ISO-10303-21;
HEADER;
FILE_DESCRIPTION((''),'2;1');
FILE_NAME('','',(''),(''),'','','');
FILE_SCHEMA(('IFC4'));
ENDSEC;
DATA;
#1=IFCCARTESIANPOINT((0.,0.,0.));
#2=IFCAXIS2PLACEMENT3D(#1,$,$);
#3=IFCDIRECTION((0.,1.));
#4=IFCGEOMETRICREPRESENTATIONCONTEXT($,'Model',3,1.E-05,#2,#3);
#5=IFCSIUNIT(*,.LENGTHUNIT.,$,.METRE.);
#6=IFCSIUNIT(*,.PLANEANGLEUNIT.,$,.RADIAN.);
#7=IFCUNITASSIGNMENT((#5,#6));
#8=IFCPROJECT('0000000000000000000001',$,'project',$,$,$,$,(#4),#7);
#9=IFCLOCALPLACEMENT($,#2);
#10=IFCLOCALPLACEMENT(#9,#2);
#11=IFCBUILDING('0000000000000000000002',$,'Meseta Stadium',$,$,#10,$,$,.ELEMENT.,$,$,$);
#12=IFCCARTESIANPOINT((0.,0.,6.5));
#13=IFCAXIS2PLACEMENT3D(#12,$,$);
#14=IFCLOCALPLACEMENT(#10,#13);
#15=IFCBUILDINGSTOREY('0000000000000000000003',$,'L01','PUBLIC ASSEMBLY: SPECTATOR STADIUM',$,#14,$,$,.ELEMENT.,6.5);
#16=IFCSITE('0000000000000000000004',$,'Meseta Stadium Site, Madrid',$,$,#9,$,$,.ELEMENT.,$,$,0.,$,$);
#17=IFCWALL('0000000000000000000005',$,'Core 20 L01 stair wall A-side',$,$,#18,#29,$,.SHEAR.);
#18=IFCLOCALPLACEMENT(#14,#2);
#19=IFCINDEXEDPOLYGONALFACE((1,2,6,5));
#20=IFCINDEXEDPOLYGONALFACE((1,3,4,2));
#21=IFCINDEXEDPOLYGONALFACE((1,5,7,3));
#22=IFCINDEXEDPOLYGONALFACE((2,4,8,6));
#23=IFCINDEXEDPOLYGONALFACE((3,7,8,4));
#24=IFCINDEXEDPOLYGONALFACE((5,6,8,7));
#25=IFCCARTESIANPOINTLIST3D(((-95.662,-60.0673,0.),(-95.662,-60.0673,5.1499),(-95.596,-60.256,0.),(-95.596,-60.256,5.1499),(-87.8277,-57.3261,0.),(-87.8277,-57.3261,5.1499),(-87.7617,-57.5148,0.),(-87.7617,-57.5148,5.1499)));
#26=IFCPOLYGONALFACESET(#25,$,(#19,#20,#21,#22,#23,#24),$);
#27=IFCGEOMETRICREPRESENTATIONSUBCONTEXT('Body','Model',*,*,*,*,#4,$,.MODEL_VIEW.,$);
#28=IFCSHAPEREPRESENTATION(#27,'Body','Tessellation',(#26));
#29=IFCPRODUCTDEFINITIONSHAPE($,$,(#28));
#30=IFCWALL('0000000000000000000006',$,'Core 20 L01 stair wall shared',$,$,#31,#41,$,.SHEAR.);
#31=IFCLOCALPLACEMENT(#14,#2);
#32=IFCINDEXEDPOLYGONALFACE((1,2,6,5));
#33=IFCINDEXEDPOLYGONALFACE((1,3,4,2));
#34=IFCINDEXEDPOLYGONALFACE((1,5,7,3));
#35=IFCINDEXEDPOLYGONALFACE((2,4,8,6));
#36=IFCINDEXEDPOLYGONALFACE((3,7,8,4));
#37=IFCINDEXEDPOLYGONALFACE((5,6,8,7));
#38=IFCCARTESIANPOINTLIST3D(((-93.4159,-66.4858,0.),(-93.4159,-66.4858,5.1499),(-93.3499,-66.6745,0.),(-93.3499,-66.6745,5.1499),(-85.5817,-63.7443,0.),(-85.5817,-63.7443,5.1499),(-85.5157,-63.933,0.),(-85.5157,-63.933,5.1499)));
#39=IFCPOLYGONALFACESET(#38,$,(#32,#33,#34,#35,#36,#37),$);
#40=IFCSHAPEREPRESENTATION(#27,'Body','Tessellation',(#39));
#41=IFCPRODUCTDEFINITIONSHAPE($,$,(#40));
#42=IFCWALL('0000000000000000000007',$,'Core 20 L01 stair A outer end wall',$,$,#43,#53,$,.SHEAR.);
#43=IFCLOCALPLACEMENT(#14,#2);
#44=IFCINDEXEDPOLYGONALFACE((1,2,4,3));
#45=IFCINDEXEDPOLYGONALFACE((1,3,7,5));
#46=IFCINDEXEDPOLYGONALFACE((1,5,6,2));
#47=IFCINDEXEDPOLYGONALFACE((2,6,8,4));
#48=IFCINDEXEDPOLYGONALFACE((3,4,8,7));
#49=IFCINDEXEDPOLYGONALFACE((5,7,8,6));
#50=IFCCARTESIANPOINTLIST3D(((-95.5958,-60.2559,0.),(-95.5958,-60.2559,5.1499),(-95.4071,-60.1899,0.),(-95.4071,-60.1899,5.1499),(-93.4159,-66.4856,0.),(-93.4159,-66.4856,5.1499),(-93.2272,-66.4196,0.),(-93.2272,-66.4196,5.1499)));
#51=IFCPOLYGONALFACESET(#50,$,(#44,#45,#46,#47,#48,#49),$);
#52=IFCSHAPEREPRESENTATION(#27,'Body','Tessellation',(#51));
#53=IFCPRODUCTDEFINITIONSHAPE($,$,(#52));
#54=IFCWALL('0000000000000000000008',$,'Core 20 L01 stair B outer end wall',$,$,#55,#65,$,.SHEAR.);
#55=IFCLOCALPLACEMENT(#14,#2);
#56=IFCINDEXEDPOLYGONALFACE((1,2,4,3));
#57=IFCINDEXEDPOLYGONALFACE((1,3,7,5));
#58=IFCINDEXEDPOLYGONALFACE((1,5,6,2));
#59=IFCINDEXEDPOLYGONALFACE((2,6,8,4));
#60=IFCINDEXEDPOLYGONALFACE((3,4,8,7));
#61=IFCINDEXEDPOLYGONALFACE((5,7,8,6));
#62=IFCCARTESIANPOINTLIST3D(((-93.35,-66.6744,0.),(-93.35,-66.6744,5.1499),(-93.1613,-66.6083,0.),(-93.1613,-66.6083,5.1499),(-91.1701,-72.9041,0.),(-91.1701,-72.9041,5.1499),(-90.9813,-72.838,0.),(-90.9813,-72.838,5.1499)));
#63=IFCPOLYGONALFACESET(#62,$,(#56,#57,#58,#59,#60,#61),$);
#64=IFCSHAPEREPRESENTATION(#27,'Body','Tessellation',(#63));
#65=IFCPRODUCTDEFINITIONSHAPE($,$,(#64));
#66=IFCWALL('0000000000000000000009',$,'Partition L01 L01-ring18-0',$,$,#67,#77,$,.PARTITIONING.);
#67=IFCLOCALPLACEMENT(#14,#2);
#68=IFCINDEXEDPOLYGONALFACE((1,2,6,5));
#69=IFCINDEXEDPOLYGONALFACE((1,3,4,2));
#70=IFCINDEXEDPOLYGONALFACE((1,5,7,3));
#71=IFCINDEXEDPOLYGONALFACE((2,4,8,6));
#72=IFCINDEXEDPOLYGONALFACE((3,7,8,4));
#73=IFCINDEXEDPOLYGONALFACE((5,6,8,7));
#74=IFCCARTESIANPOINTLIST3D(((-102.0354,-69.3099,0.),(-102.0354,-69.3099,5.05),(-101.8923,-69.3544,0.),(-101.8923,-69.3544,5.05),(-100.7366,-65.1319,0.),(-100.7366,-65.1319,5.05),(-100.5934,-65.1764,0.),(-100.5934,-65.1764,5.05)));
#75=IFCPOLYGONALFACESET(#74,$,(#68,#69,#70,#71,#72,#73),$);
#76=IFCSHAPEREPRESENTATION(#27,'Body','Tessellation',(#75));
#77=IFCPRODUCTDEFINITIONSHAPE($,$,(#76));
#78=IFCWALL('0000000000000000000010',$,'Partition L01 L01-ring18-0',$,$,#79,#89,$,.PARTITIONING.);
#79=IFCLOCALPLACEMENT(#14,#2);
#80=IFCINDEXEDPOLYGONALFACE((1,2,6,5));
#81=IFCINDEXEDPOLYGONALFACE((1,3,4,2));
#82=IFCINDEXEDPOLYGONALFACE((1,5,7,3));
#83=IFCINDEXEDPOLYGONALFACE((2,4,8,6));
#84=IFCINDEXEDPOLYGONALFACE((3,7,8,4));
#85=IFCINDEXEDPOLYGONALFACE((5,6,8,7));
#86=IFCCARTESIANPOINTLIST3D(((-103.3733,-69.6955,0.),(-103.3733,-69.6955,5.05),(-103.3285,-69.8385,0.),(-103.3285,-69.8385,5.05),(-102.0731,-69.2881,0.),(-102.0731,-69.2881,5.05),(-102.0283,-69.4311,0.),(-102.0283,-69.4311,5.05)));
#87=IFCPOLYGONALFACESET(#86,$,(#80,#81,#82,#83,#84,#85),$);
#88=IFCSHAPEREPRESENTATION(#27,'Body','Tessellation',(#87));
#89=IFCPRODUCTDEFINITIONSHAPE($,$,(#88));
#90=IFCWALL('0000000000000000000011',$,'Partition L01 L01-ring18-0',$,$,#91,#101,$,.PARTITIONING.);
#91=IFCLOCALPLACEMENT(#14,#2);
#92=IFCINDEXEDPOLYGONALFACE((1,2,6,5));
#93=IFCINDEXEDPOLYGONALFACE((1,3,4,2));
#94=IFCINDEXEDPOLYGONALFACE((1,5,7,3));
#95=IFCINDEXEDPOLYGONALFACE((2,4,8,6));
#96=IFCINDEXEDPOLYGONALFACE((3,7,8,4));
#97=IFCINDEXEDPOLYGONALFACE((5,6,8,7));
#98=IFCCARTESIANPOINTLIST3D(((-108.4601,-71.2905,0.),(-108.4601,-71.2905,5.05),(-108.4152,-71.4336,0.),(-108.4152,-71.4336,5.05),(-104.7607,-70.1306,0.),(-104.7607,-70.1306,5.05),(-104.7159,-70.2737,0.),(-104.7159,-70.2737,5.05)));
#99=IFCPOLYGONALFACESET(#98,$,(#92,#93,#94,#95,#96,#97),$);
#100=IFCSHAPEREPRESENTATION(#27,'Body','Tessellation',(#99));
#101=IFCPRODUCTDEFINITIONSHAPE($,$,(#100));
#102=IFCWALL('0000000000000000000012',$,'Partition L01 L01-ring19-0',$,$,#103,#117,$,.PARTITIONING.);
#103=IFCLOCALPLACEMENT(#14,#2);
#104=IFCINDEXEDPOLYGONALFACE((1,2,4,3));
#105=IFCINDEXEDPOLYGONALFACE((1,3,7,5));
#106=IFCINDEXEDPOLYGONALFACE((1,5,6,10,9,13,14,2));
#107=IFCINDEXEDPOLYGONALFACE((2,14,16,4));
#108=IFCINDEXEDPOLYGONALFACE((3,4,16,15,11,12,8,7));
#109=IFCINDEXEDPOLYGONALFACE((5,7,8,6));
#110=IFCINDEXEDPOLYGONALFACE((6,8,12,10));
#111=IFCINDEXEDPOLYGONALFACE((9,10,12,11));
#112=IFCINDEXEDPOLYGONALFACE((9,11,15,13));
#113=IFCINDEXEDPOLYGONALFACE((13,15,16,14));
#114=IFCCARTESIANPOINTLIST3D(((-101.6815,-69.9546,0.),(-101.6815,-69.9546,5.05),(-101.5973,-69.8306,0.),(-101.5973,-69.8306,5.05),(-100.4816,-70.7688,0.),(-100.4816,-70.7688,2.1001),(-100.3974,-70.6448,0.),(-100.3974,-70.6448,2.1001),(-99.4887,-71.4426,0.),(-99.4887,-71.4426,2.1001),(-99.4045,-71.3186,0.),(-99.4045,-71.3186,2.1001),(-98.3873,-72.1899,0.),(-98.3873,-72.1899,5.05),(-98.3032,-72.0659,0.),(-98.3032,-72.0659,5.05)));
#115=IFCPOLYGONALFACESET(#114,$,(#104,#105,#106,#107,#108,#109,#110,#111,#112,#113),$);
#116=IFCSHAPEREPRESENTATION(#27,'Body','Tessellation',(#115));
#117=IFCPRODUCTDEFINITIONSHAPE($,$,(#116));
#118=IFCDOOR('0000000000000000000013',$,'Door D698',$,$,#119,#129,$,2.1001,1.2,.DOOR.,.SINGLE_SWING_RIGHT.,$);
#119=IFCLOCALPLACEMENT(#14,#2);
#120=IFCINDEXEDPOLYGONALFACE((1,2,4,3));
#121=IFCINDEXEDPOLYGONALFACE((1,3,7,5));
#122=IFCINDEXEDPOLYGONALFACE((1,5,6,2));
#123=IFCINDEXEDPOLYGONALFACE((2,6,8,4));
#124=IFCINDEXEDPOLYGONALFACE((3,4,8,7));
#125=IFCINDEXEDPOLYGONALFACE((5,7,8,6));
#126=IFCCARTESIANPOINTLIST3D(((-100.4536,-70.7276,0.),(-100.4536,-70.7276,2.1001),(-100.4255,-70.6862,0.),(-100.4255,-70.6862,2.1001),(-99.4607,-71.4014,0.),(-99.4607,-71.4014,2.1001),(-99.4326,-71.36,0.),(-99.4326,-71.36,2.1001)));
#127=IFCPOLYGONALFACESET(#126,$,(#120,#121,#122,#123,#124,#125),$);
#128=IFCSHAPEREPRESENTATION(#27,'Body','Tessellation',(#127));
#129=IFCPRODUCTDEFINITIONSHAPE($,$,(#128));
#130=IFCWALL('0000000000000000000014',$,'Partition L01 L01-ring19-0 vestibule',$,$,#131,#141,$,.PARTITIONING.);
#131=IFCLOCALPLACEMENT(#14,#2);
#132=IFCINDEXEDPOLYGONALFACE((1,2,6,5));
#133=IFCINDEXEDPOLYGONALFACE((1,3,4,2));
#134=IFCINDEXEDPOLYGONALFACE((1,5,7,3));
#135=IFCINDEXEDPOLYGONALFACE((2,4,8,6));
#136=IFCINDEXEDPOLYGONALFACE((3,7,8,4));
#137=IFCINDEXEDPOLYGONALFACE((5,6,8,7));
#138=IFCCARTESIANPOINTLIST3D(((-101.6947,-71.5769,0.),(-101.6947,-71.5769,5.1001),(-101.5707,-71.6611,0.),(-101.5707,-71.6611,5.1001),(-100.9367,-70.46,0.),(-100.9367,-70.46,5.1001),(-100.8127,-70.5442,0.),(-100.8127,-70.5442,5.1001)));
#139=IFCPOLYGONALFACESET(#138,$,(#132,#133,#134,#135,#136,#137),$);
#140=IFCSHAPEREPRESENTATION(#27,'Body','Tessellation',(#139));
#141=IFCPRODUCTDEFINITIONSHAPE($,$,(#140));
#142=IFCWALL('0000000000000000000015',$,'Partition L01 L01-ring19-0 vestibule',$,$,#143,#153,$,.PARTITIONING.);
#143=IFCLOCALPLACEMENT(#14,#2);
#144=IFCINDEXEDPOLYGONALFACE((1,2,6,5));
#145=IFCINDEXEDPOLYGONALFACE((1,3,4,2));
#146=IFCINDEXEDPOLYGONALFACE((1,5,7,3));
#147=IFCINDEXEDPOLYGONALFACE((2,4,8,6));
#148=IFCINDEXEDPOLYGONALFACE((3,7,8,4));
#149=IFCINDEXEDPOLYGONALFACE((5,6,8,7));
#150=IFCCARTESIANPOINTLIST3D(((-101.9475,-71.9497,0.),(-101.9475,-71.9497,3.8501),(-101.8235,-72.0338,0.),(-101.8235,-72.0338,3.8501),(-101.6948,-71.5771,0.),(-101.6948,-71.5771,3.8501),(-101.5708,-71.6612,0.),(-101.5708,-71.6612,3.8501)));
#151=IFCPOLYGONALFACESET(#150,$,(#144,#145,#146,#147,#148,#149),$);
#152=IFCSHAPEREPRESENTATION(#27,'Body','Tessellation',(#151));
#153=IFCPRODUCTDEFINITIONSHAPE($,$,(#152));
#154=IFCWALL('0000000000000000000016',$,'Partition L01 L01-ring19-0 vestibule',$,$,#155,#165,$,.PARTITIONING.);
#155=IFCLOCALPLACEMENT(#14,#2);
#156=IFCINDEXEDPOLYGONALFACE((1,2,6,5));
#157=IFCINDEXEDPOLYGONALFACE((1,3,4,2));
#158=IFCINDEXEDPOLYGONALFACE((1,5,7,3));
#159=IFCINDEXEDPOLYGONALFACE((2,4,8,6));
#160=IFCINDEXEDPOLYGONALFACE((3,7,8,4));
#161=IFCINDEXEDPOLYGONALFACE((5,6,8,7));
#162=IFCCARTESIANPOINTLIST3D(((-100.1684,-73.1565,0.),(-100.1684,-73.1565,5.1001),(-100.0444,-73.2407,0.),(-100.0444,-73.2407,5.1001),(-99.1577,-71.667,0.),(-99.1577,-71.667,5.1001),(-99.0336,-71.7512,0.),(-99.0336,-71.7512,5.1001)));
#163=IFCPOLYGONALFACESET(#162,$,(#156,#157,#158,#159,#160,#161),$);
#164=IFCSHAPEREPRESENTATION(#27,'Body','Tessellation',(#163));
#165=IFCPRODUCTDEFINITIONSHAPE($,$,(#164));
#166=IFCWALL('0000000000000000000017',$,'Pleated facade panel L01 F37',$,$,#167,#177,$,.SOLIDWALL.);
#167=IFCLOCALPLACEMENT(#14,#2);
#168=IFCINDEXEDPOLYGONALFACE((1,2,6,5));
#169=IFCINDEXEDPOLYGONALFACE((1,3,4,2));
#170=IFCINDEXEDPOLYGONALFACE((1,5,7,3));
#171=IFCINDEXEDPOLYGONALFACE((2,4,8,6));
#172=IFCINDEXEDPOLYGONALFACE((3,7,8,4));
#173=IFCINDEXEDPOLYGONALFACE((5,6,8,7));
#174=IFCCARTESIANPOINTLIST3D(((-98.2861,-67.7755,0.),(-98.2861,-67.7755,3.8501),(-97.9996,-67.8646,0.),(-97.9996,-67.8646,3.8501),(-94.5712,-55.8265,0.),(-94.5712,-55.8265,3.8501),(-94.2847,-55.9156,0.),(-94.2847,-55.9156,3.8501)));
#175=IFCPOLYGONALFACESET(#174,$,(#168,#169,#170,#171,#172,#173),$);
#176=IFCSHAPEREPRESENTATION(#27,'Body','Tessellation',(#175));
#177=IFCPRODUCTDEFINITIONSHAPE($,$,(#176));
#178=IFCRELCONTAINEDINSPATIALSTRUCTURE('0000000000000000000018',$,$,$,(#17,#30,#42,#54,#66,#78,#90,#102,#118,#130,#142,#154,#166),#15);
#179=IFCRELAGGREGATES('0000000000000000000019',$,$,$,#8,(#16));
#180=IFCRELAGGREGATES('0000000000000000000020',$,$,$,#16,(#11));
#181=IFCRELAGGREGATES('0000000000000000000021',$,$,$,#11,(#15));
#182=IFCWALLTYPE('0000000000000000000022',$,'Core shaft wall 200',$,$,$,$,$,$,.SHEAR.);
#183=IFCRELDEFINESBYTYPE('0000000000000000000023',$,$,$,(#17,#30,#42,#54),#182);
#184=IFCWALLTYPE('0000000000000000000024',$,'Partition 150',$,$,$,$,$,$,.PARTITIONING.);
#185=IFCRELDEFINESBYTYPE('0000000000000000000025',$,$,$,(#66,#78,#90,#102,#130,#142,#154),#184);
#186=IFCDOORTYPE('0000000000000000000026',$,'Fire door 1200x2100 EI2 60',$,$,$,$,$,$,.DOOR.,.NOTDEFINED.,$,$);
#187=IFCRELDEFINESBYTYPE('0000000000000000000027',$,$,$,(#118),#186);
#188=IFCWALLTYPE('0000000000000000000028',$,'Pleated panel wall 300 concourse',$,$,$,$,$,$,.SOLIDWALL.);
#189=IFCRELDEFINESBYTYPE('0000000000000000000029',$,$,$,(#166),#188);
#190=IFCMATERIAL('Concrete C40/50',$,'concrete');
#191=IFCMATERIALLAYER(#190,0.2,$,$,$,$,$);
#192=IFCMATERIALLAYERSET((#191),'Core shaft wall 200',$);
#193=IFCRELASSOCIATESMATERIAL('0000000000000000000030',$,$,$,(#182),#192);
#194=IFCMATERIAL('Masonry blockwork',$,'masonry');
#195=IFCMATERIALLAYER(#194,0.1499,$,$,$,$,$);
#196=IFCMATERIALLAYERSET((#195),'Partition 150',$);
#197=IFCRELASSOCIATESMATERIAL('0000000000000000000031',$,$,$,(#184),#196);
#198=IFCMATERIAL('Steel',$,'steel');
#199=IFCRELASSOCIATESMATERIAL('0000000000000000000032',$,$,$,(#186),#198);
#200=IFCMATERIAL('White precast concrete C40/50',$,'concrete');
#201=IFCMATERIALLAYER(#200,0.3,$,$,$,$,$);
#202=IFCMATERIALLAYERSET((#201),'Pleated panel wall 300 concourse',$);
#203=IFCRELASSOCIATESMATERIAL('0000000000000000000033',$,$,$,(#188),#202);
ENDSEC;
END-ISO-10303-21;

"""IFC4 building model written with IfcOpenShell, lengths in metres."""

from ifc_helpers import new_model, si_unit, direction, frame, frame_2d, origin, place, context, subcontext, project, spatial, rectangle, extrude, material, layer, layer_set, type_object, element, fill, save


model = new_model("IFC4")

# Units and contexts
model_context = context("Model", 3, precision=1e-05, world=origin(), true_north=direction((0.0, 1.0)))
body_context = subcontext(model_context, "Body", "Model", "MODEL_VIEW")
ifc_project = project(units=[si_unit("LENGTHUNIT", "METRE"), si_unit("PLANEANGLEUNIT", "RADIAN")], contexts=[model_context])

# Site, building, storey
site_placement = place(None, origin())
site = spatial("IfcSite", under=ifc_project, at=site_placement, Name="Meseta Stadium Site, Madrid", CompositionType="ELEMENT", RefElevation=0.0)
building_placement = place(site_placement, origin())
building = spatial("IfcBuilding", under=site, at=building_placement, Name="Meseta Stadium", CompositionType="ELEMENT")
storey_placement = place(building_placement, frame((0.0, 0.0, 6.5)))
storey = spatial("IfcBuildingStorey", under=building, at=storey_placement, Name="L01", Description="PUBLIC ASSEMBLY: SPECTATOR STADIUM", CompositionType="ELEMENT", Elevation=6.5)

# Walls
ifc_material_1 = material(Name="Concrete C40/50", Category="concrete")
ifc_layer_1 = layer(ifc_material_1, 0.2)
ifc_layer_set_1 = layer_set([ifc_layer_1], Name="Core shaft wall 200")
wall_type_1 = type_object("IfcWallType", Name="Core shaft wall 200", PredefinedType="SHEAR", material=ifc_layer_set_1)
for number, where, z_axis, x_axis, name in (
    (1, (-95.6289, -60.1616, 0.0), (0.0, 0.0, 1.0), (0.943887, 0.330268, 0.0), "Core 20 L01 stair wall A-side"),
    (2, (-93.3828, -66.5801, 0.0), (0.0, 0.0, 1.0), (0.943878, 0.330294, 0.0), "Core 20 L01 stair wall shared"),
):
    element("IfcWall", number, at=place(storey_placement, frame(where, z_axis=z_axis, x_axis=x_axis)), inside=storey, type_object=wall_type_1, Name=name, PredefinedType="SHEAR", context=body_context, shape_type="SweptSolid", body=[
        extrude(rectangle(XDim=8.3, YDim=0.2, at=frame_2d((4.1499, 0.0))), origin(), (0.0, 0.0, 1.0), 5.1499),
    ])
for number, where, z_axis, x_axis, name in (
    (3, (-95.5015, -60.2229, 0.0), (0.0, 0.0, 1.0), (0.330286, -0.943881, 0.0), "Core 20 L01 stair A outer end wall"),
    (4, (-93.2556, -66.6414, 0.0), (0.0, 0.0, 1.0), (0.330286, -0.943881, 0.0), "Core 20 L01 stair B outer end wall"),
):
    element("IfcWall", number, at=place(storey_placement, frame(where, z_axis=z_axis, x_axis=x_axis)), inside=storey, type_object=wall_type_1, Name=name, PredefinedType="SHEAR", context=body_context, shape_type="SweptSolid", body=[
        extrude(rectangle(XDim=6.6001, YDim=0.2, at=frame_2d((3.3, 0.0))), origin(), (0.0, 0.0, 1.0), 5.1499),
    ])
ifc_material_2 = material(Name="Masonry blockwork", Category="masonry")
ifc_layer_2 = layer(ifc_material_2, 0.1499)
ifc_layer_set_2 = layer_set([ifc_layer_2], Name="Partition 150")
wall_type_2 = type_object("IfcWallType", Name="Partition 150", PredefinedType="PARTITIONING", material=ifc_layer_set_2)
wall_1_placement = place(storey_placement, frame((-100.665, -65.1543, 0.0), z_axis=(0.0, 0.0, 1.0), x_axis=(-0.296861, -0.954921, 0.0)))
element("IfcWall", 5, at=wall_1_placement, inside=storey, type_object=wall_type_2, Name="Partition L01 L01-ring18-0", PredefinedType="PARTITIONING", context=body_context, shape_type="SweptSolid", body=[
    extrude(rectangle(XDim=4.3752, YDim=0.1499, at=frame_2d((2.1875, 0.0))), origin(), (0.0, 0.0, 1.0), 5.05),
])
wall_2_placement = place(storey_placement, frame((-102.0508, -69.3596, 0.0), z_axis=(0.0, 0.0, 1.0), x_axis=(-0.954244, -0.29903, 0.0)))
element("IfcWall", 6, at=wall_2_placement, inside=storey, type_object=wall_type_2, Name="Partition L01 L01-ring18-0", PredefinedType="PARTITIONING", context=body_context, shape_type="SweptSolid", body=[
    extrude(rectangle(XDim=1.3625, YDim=0.1499, at=frame_2d((0.6812, 0.0))), origin(), (0.0, 0.0, 1.0), 5.05),
])
wall_3_placement = place(storey_placement, frame((-104.7383, -70.2021, 0.0), z_axis=(0.0, 0.0, 1.0), x_axis=(-0.954198, -0.299175, 0.0)))
element("IfcWall", 7, at=wall_3_placement, inside=storey, type_object=wall_type_2, Name="Partition L01 L01-ring18-0", PredefinedType="PARTITIONING", context=body_context, shape_type="SweptSolid", body=[
    extrude(rectangle(XDim=3.877, YDim=0.1499, at=frame_2d((1.9385, 0.0))), origin(), (0.0, 0.0, 1.0), 5.05),
])

# Wall, opening, door
wall_4_placement = place(storey_placement, frame((-101.6394, -69.8926, 0.0), z_axis=(0.0, 0.0, 1.0), x_axis=(0.827475, -0.561503, 0.0)))
wall_4 = element("IfcWall", 8, at=wall_4_placement, inside=storey, type_object=wall_type_2, Name="Partition L01 L01-ring19-0", PredefinedType="PARTITIONING", context=body_context, shape_type="SweptSolid", body=[
    extrude(rectangle(XDim=3.981, YDim=0.1499, at=frame_2d((1.9905, 0.0))), origin(), (0.0, 0.0, 1.0), 5.05),
])
opening_placement = place(wall_4_placement, frame((1.45, 0.0, 0.0)))
opening = element("IfcOpeningElement", 9, at=opening_placement, cuts=wall_4, PredefinedType="OPENING", context=body_context, shape_type="SweptSolid", body=[
    extrude(rectangle(XDim=1.2, YDim=2.1001, at=frame_2d((0.6001, 1.05))), frame((0.0, 0.085, 0.0), z_axis=(0.0, -1.0, 0.0), x_axis=(1.0, 0.0, 0.0)), (0.0, 0.0, 1.0), 0.1699),
])
ifc_material_3 = material(Name="Steel", Category="steel")
door_type = type_object("IfcDoorType", Name="Fire door 1200x2100 EI2 60", OperationType="NOTDEFINED", PredefinedType="DOOR", material=ifc_material_3)
door_placement = place(opening_placement, origin())
door = element("IfcDoor", 10, at=door_placement, inside=storey, type_object=door_type, Name="Door D698", OperationType="SINGLE_SWING_RIGHT", OverallHeight=2.1001, OverallWidth=1.2, PredefinedType="DOOR", context=body_context, shape_type="SweptSolid", body=[
    extrude(rectangle(XDim=1.2, YDim=2.1001, at=frame_2d((0.6001, 1.05))), frame((0.0, 0.0249, 0.0), z_axis=(0.0, -1.0, 0.0), x_axis=(1.0, 0.0, 0.0)), (0.0, 0.0, 1.0), 0.05),
])
fill(opening, door)

# Walls
wall_5_placement = place(storey_placement, frame((-100.8748, -70.5022, 0.0), z_axis=(0.0, 0.0, 1.0), x_axis=(-0.561568, -0.827431, 0.0)))
element("IfcWall", 11, at=wall_5_placement, inside=storey, type_object=wall_type_2, Name="Partition L01 L01-ring19-0 vestibule", PredefinedType="PARTITIONING", context=body_context, shape_type="SweptSolid", body=[
    extrude(rectangle(XDim=1.3499, YDim=0.1499, at=frame_2d((0.6748, 0.0))), origin(), (0.0, 0.0, 1.0), 5.1001),
])
wall_6_placement = place(storey_placement, frame((-101.6328, -71.6191, 0.0), z_axis=(0.0, 0.0, 1.0), x_axis=(-0.561316, -0.827602, 0.0)))
element("IfcWall", 12, at=wall_6_placement, inside=storey, type_object=wall_type_2, Name="Partition L01 L01-ring19-0 vestibule", PredefinedType="PARTITIONING", context=body_context, shape_type="SweptSolid", body=[
    extrude(rectangle(XDim=0.4502, YDim=0.1499, at=frame_2d((0.2251, 0.0))), origin(), (0.0, 0.0, 1.0), 3.8501),
])
wall_7_placement = place(storey_placement, frame((-99.0957, -71.7092, 0.0), z_axis=(0.0, 0.0, 1.0), x_axis=(-0.561505, -0.827474, 0.0)))
element("IfcWall", 13, at=wall_7_placement, inside=storey, type_object=wall_type_2, Name="Partition L01 L01-ring19-0 vestibule", PredefinedType="PARTITIONING", context=body_context, shape_type="SweptSolid", body=[
    extrude(rectangle(XDim=1.8, YDim=0.1499, at=frame_2d((0.8999, 0.0))), origin(), (0.0, 0.0, 1.0), 5.1001),
])
ifc_material_4 = material(Name="White precast concrete C40/50", Category="concrete")
ifc_layer_3 = layer(ifc_material_4, 0.3)
ifc_layer_set_3 = layer_set([ifc_layer_3], Name="Pleated panel wall 300 concourse")
wall_type_3 = type_object("IfcWallType", Name="Pleated panel wall 300 concourse", PredefinedType="SOLIDWALL", material=ifc_layer_set_3)
wall_8_placement = place(storey_placement, frame((-98.1428, -67.8201, 0.0), z_axis=(0.0, 0.0, 1.0), x_axis=(0.296876, 0.954916, 0.0)))
element("IfcWall", 14, at=wall_8_placement, inside=storey, type_object=wall_type_3, Name="Pleated facade panel L01 F37", PredefinedType="SOLIDWALL", context=body_context, shape_type="SweptSolid", body=[
    extrude(rectangle(XDim=12.5132, YDim=0.3, at=frame_2d((6.2566, 0.0))), origin(), (0.0, 0.0, 1.0), 3.8501),
])

save(model, "model.ifc")
